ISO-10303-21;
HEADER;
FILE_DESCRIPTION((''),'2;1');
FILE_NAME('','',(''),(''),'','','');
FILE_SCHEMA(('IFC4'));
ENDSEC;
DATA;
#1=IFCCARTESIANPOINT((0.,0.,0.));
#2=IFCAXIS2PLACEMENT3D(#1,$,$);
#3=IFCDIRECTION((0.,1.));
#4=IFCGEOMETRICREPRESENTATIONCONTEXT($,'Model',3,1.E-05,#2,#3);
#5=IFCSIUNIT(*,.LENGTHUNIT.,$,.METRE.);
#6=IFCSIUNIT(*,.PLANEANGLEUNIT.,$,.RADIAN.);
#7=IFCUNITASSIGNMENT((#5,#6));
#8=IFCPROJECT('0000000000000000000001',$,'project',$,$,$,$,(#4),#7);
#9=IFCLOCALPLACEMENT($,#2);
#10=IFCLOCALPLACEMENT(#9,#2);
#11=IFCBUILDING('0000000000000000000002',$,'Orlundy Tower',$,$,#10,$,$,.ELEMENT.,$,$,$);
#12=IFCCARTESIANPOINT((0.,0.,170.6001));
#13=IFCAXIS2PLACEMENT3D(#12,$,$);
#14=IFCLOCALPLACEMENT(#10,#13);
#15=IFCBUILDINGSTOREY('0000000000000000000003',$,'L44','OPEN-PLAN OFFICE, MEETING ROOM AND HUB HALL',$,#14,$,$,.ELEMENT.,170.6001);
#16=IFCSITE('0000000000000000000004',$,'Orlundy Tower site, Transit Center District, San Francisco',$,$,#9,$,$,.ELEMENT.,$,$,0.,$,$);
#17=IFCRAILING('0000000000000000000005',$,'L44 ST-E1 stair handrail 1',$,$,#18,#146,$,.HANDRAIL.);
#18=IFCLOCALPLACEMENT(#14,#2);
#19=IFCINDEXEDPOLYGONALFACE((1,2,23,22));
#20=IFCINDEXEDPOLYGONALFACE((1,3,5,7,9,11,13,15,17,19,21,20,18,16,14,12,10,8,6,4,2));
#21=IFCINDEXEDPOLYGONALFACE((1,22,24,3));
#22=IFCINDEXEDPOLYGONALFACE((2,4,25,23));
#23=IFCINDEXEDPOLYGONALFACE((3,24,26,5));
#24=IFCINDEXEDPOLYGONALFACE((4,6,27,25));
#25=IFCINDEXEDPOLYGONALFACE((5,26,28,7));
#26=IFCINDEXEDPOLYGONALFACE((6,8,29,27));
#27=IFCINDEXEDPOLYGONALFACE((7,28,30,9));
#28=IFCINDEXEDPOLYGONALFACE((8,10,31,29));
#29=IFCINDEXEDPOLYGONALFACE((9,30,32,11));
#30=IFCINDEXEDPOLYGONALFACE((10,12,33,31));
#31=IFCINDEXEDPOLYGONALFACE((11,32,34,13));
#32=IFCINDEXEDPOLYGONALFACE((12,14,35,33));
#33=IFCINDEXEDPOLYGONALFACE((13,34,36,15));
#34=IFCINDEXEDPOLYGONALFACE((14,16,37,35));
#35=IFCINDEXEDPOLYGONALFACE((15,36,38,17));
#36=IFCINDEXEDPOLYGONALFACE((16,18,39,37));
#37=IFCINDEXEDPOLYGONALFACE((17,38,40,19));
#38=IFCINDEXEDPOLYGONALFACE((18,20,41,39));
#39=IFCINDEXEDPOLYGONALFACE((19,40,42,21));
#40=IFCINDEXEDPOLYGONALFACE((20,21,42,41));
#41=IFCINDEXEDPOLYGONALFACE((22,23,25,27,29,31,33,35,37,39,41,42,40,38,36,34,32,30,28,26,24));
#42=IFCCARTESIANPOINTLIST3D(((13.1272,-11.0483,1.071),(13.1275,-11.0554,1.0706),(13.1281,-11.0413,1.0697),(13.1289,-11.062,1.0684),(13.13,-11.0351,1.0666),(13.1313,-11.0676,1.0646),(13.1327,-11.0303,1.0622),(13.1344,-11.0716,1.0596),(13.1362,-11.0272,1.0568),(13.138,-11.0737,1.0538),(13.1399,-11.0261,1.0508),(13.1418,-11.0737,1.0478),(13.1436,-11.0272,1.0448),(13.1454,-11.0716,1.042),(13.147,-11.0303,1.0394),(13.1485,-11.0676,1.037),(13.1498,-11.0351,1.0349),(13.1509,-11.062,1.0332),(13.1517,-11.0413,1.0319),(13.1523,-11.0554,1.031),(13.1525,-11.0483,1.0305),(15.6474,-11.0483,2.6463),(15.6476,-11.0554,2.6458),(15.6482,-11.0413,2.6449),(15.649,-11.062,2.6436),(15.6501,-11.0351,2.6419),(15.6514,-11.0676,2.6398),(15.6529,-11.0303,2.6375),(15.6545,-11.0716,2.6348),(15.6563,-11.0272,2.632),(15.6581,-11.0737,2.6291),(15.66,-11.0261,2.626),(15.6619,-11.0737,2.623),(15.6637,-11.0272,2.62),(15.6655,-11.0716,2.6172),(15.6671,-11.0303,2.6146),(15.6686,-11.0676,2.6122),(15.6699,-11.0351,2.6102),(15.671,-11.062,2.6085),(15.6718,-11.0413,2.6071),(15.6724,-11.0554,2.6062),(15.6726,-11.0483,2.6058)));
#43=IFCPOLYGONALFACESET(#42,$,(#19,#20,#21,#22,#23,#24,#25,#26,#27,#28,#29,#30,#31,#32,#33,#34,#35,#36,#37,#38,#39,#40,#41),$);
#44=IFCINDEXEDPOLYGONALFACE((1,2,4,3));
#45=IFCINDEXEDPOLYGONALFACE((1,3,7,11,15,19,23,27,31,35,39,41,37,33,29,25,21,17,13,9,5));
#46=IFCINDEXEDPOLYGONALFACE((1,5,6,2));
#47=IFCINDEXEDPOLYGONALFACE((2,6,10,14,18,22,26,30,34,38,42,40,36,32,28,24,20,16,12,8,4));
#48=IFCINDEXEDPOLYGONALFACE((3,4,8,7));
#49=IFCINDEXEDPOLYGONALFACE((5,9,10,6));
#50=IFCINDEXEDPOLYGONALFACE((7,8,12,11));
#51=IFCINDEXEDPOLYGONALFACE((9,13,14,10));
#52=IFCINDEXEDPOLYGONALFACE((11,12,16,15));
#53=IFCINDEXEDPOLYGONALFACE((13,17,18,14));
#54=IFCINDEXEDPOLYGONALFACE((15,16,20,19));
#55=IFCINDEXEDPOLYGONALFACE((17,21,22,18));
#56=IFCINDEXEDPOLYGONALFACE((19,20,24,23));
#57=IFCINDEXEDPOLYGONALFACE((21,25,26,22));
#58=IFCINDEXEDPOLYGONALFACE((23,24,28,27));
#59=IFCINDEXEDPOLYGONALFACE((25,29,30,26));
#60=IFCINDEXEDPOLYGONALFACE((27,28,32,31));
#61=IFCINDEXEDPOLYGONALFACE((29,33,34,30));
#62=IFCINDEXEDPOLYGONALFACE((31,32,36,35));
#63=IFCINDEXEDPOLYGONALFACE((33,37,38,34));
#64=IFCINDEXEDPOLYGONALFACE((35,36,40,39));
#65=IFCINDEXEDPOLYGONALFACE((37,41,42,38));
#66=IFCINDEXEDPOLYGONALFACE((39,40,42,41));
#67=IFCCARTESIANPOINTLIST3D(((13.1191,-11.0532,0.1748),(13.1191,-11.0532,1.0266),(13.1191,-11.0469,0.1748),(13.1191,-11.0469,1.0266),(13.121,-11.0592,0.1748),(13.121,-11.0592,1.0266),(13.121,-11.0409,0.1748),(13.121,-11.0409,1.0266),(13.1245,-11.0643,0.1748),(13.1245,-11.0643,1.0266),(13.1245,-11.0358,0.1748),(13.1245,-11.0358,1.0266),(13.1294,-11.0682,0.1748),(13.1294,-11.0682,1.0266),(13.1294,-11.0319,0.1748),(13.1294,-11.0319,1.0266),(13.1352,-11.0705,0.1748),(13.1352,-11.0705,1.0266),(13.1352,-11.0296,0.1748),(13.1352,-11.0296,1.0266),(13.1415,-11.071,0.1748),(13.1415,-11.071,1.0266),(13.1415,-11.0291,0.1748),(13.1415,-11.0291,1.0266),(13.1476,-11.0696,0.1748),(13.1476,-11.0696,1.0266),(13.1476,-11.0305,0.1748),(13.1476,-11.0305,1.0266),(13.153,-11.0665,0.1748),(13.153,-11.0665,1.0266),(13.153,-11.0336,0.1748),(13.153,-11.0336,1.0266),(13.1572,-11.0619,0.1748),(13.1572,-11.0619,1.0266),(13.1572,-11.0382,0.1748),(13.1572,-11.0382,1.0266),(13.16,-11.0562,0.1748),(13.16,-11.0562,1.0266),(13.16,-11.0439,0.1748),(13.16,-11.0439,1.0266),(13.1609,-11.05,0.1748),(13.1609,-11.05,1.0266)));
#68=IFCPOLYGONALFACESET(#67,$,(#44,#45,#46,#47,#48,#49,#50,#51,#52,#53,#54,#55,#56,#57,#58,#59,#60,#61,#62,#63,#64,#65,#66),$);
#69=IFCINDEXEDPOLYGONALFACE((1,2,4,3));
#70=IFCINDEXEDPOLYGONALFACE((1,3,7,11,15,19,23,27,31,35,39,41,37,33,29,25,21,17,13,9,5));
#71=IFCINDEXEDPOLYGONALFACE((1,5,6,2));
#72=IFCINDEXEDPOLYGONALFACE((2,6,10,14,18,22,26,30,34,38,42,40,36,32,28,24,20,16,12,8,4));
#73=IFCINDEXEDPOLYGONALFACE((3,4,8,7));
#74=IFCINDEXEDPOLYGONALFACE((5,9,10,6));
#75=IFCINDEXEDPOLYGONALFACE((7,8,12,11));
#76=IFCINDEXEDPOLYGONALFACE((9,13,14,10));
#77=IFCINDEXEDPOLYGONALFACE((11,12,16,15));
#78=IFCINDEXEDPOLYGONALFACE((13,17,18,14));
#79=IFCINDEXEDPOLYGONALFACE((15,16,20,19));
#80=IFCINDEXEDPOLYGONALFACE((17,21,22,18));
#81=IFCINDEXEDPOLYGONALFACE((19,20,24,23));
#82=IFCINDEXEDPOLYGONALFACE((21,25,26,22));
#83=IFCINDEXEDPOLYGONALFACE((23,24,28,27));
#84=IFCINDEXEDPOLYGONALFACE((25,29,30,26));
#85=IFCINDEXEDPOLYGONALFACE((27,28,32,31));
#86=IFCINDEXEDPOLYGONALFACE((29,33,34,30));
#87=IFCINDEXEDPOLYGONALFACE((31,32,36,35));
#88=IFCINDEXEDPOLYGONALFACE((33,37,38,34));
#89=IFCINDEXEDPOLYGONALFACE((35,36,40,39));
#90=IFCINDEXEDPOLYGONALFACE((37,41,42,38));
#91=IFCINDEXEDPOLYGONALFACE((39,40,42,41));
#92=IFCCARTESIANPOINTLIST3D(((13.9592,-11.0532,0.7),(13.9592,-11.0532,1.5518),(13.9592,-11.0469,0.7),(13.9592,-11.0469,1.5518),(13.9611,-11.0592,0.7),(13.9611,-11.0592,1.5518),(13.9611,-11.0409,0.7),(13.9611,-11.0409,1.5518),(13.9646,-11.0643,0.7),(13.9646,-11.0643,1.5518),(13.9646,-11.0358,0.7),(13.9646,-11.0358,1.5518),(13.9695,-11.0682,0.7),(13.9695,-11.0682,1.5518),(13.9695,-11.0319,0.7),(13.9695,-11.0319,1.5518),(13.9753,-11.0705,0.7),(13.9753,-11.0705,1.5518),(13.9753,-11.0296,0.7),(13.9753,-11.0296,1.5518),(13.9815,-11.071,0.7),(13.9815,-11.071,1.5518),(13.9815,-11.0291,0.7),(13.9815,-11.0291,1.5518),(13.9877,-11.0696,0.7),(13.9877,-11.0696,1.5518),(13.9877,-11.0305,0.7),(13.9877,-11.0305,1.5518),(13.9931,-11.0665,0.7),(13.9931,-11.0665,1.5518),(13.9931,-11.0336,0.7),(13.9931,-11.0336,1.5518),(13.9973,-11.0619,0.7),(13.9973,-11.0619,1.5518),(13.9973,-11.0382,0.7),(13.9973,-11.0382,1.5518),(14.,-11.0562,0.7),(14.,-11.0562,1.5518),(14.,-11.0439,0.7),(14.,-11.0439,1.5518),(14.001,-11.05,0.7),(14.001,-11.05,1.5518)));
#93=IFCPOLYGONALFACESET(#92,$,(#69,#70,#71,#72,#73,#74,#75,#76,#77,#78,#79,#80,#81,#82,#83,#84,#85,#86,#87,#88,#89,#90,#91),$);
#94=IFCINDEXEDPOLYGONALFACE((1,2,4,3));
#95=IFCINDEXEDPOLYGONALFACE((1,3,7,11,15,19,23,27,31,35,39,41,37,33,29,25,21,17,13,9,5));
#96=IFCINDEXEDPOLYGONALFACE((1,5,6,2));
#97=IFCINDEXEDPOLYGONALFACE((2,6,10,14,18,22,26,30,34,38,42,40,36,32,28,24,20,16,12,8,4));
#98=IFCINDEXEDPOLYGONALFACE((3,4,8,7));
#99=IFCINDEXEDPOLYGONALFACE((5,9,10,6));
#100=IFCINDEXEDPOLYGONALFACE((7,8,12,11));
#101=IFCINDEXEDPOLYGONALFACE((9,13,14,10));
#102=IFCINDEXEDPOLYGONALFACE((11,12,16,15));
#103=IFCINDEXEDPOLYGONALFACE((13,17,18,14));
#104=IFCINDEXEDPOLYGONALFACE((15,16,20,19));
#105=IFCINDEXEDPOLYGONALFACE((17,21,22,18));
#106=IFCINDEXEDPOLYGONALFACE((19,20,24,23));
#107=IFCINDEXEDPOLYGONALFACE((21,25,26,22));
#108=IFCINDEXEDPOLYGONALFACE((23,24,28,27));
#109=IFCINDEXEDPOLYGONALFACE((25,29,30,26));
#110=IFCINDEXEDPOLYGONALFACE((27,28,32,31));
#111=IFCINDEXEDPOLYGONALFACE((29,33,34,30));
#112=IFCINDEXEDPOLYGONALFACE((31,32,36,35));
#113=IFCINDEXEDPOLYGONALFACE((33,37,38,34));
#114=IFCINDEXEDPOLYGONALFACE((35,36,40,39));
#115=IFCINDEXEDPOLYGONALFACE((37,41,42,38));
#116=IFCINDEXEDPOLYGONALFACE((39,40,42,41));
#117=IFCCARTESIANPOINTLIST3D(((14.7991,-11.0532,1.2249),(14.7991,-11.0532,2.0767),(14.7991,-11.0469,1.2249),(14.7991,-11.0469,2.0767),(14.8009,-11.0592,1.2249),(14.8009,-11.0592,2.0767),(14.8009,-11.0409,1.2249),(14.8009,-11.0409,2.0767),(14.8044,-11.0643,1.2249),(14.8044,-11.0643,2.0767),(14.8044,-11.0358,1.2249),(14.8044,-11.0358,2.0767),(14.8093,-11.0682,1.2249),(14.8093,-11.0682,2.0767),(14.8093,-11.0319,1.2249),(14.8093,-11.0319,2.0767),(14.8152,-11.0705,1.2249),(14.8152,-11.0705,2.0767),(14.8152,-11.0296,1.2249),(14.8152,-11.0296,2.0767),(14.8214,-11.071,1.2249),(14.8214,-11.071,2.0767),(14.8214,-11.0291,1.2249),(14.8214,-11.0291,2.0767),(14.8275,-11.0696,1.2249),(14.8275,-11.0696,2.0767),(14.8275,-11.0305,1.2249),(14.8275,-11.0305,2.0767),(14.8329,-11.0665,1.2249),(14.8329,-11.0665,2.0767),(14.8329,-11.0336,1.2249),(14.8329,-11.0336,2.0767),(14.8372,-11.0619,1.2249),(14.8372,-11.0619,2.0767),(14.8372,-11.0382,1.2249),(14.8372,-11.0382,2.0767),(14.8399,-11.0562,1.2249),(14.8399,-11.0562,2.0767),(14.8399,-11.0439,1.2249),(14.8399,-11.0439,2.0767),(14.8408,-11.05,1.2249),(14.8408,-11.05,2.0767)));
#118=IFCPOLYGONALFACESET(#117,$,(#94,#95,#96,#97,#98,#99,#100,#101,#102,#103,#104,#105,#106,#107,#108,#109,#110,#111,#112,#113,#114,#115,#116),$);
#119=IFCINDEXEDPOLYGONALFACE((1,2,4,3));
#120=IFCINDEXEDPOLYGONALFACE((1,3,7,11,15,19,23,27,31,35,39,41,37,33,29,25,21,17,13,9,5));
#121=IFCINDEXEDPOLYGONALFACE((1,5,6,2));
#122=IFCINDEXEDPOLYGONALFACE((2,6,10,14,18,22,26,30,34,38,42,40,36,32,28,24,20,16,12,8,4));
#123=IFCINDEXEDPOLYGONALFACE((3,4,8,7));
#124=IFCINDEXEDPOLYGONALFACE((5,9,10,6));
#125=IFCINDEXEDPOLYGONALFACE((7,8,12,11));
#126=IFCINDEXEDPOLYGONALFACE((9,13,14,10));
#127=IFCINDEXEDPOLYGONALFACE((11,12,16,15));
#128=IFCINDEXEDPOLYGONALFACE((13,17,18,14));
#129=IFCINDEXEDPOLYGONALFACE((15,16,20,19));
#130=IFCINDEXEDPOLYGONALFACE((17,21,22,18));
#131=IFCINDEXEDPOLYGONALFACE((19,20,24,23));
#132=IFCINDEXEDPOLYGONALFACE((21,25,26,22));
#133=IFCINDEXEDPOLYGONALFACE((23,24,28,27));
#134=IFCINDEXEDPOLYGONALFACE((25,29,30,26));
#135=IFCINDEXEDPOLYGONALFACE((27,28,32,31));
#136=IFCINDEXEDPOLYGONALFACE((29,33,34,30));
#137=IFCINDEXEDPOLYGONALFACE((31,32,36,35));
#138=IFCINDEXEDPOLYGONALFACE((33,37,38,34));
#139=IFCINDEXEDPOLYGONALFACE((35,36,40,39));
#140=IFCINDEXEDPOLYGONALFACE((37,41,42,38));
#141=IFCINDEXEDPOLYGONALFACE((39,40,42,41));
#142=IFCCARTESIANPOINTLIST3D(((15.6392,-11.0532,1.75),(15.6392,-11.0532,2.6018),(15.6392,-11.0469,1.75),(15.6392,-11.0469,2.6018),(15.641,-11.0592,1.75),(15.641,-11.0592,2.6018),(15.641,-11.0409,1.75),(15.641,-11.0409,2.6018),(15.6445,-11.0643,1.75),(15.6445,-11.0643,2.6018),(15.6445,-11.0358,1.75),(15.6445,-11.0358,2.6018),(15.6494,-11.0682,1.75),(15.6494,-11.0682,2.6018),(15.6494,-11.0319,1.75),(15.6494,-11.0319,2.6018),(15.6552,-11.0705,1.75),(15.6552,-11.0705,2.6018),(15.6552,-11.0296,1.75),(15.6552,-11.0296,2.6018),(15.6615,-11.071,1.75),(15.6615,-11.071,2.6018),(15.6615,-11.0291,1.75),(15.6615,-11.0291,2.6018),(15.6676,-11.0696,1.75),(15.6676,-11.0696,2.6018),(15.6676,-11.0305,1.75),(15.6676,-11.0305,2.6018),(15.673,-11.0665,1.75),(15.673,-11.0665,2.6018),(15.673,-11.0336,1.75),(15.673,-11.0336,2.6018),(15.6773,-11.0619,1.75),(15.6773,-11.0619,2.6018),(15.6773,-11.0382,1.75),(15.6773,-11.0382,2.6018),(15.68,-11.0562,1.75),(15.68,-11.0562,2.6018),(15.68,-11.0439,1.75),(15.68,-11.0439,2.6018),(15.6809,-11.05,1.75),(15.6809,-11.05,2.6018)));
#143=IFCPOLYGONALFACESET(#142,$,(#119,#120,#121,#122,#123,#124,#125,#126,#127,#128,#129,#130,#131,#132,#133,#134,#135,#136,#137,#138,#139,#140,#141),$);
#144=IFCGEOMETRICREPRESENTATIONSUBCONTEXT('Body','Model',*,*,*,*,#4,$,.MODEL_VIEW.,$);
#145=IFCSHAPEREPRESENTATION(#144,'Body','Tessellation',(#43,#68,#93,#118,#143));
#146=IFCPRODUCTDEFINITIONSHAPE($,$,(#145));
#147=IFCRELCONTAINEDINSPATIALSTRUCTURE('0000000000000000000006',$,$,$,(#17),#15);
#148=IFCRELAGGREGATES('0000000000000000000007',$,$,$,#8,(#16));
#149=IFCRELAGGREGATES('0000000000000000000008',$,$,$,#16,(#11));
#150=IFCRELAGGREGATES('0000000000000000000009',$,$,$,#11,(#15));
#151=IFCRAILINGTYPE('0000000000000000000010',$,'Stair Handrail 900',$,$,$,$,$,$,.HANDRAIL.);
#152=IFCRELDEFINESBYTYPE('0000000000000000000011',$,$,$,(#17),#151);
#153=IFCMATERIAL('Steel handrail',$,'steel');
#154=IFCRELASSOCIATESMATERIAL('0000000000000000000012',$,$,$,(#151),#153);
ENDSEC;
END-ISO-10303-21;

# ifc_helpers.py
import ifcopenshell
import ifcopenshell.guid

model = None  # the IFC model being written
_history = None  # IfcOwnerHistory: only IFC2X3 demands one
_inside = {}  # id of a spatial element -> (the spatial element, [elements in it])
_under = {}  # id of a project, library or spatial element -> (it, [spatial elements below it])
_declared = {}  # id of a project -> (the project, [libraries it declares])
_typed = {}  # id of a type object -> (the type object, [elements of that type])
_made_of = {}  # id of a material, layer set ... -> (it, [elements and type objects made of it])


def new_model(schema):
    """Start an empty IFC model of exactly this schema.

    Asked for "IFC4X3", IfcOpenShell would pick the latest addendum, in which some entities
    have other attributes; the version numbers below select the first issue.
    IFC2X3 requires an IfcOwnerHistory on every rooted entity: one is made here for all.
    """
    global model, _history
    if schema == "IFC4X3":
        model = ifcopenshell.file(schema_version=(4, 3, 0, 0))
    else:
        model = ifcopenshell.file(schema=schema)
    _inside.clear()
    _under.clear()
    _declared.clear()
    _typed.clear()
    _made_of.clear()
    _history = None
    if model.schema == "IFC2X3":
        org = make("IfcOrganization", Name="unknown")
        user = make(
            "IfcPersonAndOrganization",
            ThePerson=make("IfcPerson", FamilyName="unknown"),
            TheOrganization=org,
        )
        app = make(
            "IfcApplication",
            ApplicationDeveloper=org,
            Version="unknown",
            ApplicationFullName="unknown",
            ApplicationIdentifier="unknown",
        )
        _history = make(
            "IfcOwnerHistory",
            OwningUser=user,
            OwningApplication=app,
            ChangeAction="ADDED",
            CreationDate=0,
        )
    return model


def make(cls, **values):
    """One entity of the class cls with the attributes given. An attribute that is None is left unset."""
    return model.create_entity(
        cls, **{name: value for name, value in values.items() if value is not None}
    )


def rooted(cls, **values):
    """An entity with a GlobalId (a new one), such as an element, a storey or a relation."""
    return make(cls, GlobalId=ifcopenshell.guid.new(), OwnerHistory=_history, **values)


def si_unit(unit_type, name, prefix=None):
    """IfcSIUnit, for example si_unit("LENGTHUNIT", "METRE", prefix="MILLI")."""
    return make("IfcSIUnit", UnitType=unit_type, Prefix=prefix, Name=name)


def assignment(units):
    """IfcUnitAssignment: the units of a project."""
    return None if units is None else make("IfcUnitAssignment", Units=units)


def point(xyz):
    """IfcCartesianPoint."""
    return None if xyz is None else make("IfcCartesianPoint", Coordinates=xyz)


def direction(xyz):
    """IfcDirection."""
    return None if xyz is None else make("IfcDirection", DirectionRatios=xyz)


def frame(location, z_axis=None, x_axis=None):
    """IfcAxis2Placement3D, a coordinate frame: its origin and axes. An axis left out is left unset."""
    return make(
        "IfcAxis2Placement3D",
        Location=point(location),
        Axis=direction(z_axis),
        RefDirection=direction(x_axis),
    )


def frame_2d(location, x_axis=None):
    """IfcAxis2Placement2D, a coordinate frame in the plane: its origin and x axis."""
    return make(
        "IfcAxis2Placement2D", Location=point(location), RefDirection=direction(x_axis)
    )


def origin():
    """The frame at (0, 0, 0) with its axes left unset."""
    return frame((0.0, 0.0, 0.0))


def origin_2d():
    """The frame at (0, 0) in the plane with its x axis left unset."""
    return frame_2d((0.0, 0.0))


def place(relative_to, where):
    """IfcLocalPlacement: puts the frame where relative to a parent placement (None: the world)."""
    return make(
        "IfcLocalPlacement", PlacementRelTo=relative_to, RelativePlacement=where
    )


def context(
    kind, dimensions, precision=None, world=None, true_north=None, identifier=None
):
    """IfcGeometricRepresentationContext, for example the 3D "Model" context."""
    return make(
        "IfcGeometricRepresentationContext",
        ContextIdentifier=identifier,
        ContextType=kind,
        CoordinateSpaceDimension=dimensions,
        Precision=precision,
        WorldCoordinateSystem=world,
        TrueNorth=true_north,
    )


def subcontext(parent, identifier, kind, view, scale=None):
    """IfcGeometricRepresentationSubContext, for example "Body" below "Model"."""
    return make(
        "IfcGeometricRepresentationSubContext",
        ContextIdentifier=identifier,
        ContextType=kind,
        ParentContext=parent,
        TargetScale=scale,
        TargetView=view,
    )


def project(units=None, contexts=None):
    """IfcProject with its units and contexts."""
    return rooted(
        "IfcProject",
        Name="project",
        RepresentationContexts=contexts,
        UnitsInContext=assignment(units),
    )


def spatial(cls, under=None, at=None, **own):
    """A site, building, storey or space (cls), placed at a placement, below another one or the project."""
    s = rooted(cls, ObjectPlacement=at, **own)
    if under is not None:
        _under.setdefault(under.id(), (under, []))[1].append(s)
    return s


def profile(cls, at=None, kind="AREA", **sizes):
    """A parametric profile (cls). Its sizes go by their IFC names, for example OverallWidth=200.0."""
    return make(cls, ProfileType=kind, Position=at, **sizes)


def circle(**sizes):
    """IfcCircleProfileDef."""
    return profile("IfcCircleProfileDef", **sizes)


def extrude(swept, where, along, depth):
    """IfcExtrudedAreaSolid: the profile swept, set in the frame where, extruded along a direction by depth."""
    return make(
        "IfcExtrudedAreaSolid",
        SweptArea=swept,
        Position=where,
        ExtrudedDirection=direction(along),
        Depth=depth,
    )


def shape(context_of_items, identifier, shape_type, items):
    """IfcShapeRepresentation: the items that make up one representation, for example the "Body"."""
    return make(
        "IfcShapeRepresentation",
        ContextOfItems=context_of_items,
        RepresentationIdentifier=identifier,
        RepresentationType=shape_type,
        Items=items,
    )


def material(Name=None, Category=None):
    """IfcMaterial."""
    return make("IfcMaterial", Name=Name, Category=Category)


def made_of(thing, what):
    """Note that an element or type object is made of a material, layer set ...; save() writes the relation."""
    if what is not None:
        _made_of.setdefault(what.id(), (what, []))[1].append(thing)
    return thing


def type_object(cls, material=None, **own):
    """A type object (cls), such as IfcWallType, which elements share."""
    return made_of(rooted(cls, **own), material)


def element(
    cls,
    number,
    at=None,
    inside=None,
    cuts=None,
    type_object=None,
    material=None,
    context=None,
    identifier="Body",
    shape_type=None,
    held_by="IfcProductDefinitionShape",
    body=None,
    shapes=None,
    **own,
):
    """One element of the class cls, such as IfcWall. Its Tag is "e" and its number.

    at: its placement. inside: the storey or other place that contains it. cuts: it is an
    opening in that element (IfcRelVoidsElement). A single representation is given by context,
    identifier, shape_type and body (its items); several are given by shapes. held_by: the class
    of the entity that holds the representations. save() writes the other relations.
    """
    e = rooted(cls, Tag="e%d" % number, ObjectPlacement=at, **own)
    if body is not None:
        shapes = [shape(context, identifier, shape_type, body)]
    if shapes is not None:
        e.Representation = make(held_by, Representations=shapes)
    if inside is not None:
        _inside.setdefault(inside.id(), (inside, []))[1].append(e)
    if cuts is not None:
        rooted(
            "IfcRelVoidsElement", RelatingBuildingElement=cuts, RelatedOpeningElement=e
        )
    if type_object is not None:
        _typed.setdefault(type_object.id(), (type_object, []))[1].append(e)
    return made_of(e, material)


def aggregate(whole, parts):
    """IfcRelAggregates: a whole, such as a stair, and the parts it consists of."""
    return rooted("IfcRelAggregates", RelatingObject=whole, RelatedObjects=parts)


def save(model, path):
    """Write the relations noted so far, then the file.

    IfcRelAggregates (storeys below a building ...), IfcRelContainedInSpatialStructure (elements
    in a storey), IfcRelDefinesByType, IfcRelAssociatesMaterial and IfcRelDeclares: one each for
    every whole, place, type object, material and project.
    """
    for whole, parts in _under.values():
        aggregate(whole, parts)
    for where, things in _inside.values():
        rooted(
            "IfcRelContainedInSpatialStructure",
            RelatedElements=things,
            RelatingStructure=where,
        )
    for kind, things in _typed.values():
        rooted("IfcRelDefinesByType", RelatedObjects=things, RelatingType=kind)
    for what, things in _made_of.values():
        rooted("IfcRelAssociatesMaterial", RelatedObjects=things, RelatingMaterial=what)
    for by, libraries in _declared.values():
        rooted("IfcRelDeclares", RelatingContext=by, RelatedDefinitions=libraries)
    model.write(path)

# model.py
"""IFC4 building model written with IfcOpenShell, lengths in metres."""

from ifc_helpers import new_model, si_unit, direction, frame, origin, origin_2d, place, context, subcontext, project, spatial, circle, extrude, material, type_object, element, save


model = new_model("IFC4")

# Units and contexts
model_context = context("Model", 3, precision=1e-05, world=origin(), true_north=direction((0.0, 1.0)))
body_context = subcontext(model_context, "Body", "Model", "MODEL_VIEW")
ifc_project = project(units=[si_unit("LENGTHUNIT", "METRE"), si_unit("PLANEANGLEUNIT", "RADIAN")], contexts=[model_context])

# Site, building, storey
site_placement = place(None, origin())
site = spatial("IfcSite", under=ifc_project, at=site_placement, Name="Orlundy Tower site, Transit Center District, San Francisco", CompositionType="ELEMENT", RefElevation=0.0)
building_placement = place(site_placement, origin())
building = spatial("IfcBuilding", under=site, at=building_placement, Name="Orlundy Tower", CompositionType="ELEMENT")
storey_placement = place(building_placement, frame((0.0, 0.0, 170.6001)))
storey = spatial("IfcBuildingStorey", under=building, at=storey_placement, Name="L44", Description="OPEN-PLAN OFFICE, MEETING ROOM AND HUB HALL", CompositionType="ELEMENT", Elevation=170.6001)

# Railing
ifc_material_1 = material(Name="Steel handrail", Category="steel")
railing_type_1 = type_object("IfcRailingType", Name="Stair Handrail 900", PredefinedType="HANDRAIL", material=ifc_material_1)
railing_1_placement = place(storey_placement, frame((13.1399, -11.05, 0.1748)))
element("IfcRailing", 1, at=railing_1_placement, inside=storey, type_object=railing_type_1, Name="L44 ST-E1 stair handrail 1", PredefinedType="HANDRAIL", context=body_context, shape_type="SweptSolid", body=[
    extrude(circle(Radius=0.0239, at=origin_2d()), frame((0.0, 0.0, 0.876), z_axis=(0.847971, 0.0, 0.530043), x_axis=(0.0, 1.0, 0.0)), (0.0, 0.0, 1.0), 2.9719),
    extrude(circle(Radius=0.021, at=origin_2d()), origin(), (0.0, 0.0, 1.0), 0.8518),
    extrude(circle(Radius=0.021, at=origin_2d()), frame((0.8401, 0.0, 0.5251)), (0.0, 0.0, 1.0), 0.8518),
    extrude(circle(Radius=0.021, at=origin_2d()), frame((1.6799, 0.0, 1.05)), (0.0, 0.0, 1.0), 0.8518),
    extrude(circle(Radius=0.021, at=origin_2d()), frame((2.52, 0.0, 1.5752)), (0.0, 0.0, 1.0), 0.8518),
])

save(model, "model.ifc")
